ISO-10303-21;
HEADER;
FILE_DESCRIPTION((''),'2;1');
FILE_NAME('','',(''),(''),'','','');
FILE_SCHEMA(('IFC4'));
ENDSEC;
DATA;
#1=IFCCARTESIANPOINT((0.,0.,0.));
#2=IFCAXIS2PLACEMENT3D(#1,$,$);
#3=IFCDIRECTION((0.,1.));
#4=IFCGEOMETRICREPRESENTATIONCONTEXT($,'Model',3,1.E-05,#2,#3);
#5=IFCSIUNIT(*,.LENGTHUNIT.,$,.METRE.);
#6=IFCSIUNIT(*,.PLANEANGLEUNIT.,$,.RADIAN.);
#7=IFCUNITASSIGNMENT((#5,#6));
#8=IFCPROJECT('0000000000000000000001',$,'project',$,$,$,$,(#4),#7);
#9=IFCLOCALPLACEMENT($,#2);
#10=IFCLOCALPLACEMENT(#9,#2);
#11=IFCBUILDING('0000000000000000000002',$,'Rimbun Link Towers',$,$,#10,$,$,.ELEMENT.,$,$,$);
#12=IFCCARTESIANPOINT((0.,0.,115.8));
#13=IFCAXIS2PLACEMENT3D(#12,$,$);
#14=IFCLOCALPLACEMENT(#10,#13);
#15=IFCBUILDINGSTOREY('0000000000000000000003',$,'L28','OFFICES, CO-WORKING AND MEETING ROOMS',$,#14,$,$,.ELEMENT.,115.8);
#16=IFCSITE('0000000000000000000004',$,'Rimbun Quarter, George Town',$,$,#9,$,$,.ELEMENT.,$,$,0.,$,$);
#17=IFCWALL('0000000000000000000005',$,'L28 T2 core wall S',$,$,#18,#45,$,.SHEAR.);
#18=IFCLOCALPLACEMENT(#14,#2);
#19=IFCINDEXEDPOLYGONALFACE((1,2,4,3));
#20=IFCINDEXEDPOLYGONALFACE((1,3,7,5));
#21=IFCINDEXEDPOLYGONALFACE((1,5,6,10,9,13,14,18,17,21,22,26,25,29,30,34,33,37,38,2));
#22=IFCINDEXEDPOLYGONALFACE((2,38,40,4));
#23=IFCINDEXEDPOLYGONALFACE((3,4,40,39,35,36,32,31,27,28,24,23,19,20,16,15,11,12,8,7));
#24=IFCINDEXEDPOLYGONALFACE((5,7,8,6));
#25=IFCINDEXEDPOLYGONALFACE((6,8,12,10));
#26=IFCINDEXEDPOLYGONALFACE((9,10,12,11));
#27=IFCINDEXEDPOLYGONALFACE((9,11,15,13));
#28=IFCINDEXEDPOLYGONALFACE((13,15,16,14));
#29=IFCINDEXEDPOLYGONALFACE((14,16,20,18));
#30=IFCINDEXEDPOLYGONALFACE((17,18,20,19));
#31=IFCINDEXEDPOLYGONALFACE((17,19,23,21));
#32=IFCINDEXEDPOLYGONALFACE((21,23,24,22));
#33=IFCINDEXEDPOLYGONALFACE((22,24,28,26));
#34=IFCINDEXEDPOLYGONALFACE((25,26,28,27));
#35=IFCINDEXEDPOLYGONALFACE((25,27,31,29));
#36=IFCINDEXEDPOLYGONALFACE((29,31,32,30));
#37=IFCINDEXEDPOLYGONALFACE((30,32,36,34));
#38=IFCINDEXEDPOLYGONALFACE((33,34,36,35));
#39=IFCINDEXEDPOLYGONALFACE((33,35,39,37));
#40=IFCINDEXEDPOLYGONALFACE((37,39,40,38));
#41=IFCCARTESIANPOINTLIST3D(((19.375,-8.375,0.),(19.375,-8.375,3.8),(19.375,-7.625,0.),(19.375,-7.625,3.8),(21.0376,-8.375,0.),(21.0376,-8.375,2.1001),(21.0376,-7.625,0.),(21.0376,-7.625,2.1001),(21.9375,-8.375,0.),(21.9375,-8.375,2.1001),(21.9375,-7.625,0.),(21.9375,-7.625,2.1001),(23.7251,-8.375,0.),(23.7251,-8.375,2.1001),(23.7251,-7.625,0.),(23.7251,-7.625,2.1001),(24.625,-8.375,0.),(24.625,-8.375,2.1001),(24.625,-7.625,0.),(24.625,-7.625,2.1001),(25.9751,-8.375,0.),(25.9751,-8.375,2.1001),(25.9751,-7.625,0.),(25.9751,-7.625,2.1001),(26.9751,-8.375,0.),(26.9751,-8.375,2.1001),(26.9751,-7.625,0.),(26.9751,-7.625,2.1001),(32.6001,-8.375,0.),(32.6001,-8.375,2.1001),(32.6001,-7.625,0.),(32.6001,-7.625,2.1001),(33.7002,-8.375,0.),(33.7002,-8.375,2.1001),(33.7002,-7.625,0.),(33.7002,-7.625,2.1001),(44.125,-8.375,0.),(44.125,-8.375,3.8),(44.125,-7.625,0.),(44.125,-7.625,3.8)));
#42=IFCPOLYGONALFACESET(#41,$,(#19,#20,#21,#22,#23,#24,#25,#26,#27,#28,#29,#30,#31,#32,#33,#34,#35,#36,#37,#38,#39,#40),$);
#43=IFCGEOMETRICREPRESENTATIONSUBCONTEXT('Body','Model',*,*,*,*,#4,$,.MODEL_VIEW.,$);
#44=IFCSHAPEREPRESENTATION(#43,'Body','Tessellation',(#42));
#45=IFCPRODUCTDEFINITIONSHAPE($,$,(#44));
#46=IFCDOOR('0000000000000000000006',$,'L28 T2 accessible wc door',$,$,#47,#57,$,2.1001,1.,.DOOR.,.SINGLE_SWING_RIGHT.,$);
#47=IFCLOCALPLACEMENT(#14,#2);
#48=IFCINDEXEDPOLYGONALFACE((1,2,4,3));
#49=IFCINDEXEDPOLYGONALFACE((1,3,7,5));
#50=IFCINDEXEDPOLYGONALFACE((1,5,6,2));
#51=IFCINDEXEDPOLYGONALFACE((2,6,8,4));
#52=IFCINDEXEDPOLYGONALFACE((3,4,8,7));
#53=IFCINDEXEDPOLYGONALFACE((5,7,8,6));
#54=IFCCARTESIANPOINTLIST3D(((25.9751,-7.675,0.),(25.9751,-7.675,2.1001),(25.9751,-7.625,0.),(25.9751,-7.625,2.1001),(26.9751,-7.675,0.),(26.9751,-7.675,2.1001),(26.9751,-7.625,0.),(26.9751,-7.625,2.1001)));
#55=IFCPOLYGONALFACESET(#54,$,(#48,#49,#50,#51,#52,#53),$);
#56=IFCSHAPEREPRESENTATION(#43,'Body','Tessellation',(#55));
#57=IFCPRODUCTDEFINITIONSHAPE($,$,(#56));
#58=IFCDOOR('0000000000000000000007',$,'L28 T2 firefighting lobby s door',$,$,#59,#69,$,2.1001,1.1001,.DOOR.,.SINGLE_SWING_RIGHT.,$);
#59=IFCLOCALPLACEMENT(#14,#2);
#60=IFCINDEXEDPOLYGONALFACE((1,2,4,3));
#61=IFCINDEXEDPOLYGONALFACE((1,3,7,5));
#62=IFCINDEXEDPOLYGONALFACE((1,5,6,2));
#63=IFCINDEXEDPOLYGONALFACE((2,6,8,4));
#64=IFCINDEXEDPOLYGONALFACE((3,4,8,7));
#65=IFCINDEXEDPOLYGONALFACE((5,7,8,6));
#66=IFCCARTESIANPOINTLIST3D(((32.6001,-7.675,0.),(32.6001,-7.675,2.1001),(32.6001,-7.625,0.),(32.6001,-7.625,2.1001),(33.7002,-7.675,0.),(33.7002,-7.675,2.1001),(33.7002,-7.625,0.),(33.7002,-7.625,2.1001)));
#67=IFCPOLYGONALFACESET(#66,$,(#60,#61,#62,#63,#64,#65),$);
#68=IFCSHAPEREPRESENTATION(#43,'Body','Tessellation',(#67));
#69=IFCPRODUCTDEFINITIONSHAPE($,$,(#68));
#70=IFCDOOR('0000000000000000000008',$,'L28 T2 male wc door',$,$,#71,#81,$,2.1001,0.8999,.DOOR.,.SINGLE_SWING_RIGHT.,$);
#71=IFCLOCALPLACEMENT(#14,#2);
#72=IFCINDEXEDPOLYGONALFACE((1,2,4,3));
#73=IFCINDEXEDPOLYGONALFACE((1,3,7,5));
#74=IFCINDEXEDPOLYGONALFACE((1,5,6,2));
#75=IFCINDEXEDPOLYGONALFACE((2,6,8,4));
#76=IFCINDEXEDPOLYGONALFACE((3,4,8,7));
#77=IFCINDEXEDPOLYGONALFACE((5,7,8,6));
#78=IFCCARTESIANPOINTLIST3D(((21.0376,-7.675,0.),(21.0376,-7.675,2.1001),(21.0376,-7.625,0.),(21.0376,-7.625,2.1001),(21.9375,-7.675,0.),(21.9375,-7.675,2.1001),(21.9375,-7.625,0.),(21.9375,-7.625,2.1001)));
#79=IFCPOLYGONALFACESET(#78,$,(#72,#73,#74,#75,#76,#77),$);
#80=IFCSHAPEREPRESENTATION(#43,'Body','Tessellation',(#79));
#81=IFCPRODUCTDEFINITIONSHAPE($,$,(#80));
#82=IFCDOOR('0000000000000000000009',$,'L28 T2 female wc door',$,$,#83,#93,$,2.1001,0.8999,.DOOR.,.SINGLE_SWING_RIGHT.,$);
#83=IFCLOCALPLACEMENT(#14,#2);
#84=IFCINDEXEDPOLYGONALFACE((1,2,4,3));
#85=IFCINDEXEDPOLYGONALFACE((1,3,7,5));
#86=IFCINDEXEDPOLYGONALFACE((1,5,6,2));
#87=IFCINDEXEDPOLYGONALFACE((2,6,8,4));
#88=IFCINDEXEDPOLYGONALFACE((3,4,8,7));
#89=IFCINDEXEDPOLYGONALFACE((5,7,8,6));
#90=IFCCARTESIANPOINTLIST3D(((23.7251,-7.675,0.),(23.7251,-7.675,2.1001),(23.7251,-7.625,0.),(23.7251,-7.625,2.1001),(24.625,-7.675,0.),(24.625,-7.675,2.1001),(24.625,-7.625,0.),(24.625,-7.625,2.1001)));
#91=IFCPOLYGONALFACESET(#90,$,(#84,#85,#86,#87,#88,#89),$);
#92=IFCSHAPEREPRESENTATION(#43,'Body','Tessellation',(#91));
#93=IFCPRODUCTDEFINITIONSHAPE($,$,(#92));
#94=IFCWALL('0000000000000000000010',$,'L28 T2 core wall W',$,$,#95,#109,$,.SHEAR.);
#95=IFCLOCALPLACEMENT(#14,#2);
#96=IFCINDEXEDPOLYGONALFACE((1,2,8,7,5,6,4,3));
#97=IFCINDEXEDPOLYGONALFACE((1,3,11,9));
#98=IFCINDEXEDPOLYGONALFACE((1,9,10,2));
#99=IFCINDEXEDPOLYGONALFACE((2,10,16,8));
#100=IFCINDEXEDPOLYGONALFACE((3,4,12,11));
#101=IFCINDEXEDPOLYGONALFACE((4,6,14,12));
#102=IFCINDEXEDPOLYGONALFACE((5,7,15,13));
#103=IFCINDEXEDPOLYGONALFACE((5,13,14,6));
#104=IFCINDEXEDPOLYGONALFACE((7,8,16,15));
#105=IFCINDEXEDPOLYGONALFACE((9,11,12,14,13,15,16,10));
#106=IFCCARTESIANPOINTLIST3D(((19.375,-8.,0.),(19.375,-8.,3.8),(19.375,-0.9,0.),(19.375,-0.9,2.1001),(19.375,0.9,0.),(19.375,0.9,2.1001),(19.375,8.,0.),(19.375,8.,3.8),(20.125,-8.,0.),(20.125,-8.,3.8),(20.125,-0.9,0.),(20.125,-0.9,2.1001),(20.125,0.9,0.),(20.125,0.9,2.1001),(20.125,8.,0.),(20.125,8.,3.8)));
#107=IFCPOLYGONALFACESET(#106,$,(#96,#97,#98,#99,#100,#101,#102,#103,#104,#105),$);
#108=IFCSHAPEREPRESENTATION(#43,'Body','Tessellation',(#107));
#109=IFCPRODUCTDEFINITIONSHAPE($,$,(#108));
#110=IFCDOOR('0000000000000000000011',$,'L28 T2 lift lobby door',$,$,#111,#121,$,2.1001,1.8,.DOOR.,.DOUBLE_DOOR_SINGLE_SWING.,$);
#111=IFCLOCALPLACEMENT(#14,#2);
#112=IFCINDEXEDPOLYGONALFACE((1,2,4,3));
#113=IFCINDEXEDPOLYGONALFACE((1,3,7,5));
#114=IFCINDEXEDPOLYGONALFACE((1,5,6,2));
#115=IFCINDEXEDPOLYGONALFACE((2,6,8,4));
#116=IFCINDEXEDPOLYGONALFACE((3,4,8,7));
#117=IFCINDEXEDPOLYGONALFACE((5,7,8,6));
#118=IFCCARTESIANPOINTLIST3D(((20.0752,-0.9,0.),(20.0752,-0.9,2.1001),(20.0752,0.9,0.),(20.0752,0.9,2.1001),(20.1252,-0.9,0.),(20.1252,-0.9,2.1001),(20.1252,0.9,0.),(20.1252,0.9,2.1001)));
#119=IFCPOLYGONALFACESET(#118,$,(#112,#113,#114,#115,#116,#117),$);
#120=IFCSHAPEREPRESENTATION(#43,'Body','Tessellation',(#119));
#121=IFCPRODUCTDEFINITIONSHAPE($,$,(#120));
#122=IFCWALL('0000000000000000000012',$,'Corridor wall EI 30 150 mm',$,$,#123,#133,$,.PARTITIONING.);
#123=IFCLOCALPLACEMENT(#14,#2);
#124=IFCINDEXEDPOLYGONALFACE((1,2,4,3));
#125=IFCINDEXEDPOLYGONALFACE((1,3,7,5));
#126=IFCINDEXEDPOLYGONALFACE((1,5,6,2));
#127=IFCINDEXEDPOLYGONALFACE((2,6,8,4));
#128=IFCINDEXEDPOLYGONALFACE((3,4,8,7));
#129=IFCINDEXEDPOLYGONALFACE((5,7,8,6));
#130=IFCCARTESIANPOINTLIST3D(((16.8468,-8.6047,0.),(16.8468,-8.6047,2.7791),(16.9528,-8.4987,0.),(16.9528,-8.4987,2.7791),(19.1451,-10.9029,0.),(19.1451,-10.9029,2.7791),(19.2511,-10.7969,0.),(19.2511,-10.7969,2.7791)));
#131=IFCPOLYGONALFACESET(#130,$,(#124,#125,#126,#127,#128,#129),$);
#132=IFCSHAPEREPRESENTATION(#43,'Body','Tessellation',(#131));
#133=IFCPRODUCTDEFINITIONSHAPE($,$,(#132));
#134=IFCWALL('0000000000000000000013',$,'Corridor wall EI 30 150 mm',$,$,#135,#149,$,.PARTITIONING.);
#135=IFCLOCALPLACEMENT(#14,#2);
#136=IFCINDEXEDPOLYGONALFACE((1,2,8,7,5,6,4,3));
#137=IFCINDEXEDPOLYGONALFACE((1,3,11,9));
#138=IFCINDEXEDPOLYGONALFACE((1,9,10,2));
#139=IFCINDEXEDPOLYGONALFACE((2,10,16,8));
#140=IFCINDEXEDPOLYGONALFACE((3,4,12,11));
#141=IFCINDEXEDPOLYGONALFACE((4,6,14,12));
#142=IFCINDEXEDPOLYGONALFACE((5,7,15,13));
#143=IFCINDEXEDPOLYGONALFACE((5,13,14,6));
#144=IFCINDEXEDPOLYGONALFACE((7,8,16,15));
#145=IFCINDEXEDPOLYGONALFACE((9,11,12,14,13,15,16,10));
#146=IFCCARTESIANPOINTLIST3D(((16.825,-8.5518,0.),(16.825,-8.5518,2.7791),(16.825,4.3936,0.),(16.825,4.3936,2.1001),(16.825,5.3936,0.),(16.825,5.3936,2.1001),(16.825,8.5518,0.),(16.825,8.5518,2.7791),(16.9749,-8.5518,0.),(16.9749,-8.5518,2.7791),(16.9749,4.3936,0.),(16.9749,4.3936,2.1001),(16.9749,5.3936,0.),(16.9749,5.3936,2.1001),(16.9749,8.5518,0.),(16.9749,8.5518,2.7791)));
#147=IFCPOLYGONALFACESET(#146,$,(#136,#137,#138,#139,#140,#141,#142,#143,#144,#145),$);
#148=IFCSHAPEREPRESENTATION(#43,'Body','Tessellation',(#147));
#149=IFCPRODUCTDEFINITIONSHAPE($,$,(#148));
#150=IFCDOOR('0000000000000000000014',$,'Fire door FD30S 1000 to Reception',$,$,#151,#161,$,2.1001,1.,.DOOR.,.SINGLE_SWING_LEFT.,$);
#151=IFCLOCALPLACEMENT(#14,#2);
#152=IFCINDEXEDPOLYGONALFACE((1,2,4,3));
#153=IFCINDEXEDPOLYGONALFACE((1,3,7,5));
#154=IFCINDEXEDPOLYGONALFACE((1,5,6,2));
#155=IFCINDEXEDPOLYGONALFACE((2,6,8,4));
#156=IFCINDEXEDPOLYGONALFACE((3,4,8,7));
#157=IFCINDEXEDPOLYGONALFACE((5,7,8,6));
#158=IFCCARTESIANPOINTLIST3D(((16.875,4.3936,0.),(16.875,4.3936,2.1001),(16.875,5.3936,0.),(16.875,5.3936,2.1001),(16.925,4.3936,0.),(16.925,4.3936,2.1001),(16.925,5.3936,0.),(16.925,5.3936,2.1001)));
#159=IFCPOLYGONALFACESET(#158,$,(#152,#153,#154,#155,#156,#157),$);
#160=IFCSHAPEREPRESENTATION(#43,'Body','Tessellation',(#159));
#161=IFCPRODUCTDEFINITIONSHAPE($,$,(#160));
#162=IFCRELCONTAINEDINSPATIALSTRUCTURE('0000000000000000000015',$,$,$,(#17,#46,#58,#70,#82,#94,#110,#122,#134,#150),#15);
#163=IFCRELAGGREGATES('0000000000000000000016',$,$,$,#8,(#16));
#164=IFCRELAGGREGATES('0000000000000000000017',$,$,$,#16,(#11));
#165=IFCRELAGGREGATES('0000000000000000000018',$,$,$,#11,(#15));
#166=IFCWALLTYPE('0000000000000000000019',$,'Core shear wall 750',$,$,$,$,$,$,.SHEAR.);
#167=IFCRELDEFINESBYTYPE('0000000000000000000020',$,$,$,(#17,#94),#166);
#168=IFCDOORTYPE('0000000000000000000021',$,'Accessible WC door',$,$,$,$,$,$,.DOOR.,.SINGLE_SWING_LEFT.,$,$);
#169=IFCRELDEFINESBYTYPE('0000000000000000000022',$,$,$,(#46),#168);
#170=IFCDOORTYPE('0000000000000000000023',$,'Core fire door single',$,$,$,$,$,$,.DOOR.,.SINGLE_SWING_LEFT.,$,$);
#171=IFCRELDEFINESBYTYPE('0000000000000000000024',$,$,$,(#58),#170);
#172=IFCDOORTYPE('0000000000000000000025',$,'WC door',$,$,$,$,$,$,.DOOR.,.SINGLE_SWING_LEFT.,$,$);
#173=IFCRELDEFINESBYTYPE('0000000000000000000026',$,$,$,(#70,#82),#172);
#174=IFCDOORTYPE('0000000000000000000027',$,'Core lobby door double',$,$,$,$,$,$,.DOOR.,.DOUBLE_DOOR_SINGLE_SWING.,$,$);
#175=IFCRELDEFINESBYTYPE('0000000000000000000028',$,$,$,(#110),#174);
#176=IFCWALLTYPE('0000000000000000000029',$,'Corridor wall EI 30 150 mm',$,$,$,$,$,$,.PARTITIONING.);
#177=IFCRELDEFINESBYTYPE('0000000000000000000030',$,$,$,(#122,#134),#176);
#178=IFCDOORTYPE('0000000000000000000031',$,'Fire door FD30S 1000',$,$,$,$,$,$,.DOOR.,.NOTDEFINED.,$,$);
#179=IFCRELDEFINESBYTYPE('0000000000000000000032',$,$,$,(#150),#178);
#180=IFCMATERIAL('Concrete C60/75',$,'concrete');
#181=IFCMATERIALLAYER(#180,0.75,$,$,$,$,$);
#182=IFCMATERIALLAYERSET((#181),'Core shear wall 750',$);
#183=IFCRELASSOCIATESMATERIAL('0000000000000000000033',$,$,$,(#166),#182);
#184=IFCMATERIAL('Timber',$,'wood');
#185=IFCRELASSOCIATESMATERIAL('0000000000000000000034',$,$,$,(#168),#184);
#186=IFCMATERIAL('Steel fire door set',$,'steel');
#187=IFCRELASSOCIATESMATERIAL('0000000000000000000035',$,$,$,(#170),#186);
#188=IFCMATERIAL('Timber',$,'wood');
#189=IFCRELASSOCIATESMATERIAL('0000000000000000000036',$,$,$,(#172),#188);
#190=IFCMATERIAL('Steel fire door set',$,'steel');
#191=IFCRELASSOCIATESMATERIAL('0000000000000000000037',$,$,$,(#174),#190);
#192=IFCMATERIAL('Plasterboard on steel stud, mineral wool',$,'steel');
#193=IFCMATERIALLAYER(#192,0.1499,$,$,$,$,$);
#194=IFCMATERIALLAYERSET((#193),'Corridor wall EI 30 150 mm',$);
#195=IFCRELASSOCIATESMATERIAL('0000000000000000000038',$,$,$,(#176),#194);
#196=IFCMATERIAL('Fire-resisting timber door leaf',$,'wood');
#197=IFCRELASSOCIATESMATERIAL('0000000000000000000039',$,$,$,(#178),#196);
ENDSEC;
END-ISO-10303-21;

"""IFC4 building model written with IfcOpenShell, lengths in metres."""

from ifc_helpers import new_model, si_unit, direction, frame, frame_2d, origin, place, context, subcontext, project, spatial, rectangle, extrude, material, layer, layer_set, type_object, element, fill, save


model = new_model("IFC4")

# Units and contexts
model_context = context("Model", 3, precision=1e-05, world=origin(), true_north=direction((0.0, 1.0)))
body_context = subcontext(model_context, "Body", "Model", "MODEL_VIEW")
ifc_project = project(units=[si_unit("LENGTHUNIT", "METRE"), si_unit("PLANEANGLEUNIT", "RADIAN")], contexts=[model_context])

# Site, building, storey
site_placement = place(None, origin())
site = spatial("IfcSite", under=ifc_project, at=site_placement, Name="Rimbun Quarter, George Town", CompositionType="ELEMENT", RefElevation=0.0)
building_placement = place(site_placement, origin())
building = spatial("IfcBuilding", under=site, at=building_placement, Name="Rimbun Link Towers", CompositionType="ELEMENT")
storey_placement = place(building_placement, frame((0.0, 0.0, 115.8)))
storey = spatial("IfcBuildingStorey", under=building, at=storey_placement, Name="L28", Description="OFFICES, CO-WORKING AND MEETING ROOMS", CompositionType="ELEMENT", Elevation=115.8)

# Wall, openings, doors
ifc_material_1 = material(Name="Concrete C60/75", Category="concrete")
ifc_layer_1 = layer(ifc_material_1, 0.75)
ifc_layer_set_1 = layer_set([ifc_layer_1], Name="Core shear wall 750")
wall_type_1 = type_object("IfcWallType", Name="Core shear wall 750", PredefinedType="SHEAR", material=ifc_layer_set_1)
wall_1_placement = place(storey_placement, frame((19.375, -8.0, 0.0), z_axis=(0.0, 0.0, 1.0), x_axis=(1.0, 0.0, 0.0)))
wall_1 = element("IfcWall", 1, at=wall_1_placement, inside=storey, type_object=wall_type_1, Name="L28 T2 core wall S", PredefinedType="SHEAR", context=body_context, shape_type="SweptSolid", body=[
    extrude(rectangle(XDim=24.75, YDim=0.75, at=frame_2d((12.375, 0.0))), origin(), (0.0, 0.0, 1.0), 3.8),
])
opening_1_placement = place(wall_1_placement, frame((13.2251, 0.0, 0.0)))
opening_1 = element("IfcOpeningElement", 2, at=opening_1_placement, cuts=wall_1, PredefinedType="OPENING", context=body_context, shape_type="SweptSolid", body=[
    extrude(rectangle(XDim=1.1001, YDim=2.1001, at=frame_2d((0.55, 1.05))), frame((0.0, 0.385, 0.0), z_axis=(0.0, -1.0, 0.0), x_axis=(1.0, 0.0, 0.0)), (0.0, 0.0, 1.0), 0.77),
])
opening_2_placement = place(wall_1_placement, frame((1.6626, 0.0, 0.0)))
opening_2 = element("IfcOpeningElement", 3, at=opening_2_placement, cuts=wall_1, PredefinedType="OPENING", context=body_context, shape_type="SweptSolid", body=[
    extrude(rectangle(XDim=0.8999, YDim=2.1001, at=frame_2d((0.45, 1.05))), frame((0.0, 0.385, 0.0), z_axis=(0.0, -1.0, 0.0), x_axis=(1.0, 0.0, 0.0)), (0.0, 0.0, 1.0), 0.77),
])
opening_3_placement = place(wall_1_placement, frame((4.3501, 0.0, 0.0)))
opening_3 = element("IfcOpeningElement", 4, at=opening_3_placement, cuts=wall_1, PredefinedType="OPENING", context=body_context, shape_type="SweptSolid", body=[
    extrude(rectangle(XDim=0.8999, YDim=2.1001, at=frame_2d((0.45, 1.05))), frame((0.0, 0.385, 0.0), z_axis=(0.0, -1.0, 0.0), x_axis=(1.0, 0.0, 0.0)), (0.0, 0.0, 1.0), 0.77),
])
opening_4_placement = place(wall_1_placement, frame((6.6001, 0.0, 0.0)))
opening_4 = element("IfcOpeningElement", 5, at=opening_4_placement, cuts=wall_1, PredefinedType="OPENING", context=body_context, shape_type="SweptSolid", body=[
    extrude(rectangle(XDim=1.0, YDim=2.1001, at=frame_2d((0.5, 1.05))), frame((0.0, 0.385, 0.0), z_axis=(0.0, -1.0, 0.0), x_axis=(1.0, 0.0, 0.0)), (0.0, 0.0, 1.0), 0.77),
])
ifc_material_2 = material(Name="Timber", Category="wood")
door_type_1 = type_object("IfcDoorType", Name="Accessible WC door", OperationType="SINGLE_SWING_LEFT", PredefinedType="DOOR", material=ifc_material_2)
door_1_placement = place(opening_4_placement, origin())
door_1 = element("IfcDoor", 6, at=door_1_placement, inside=storey, type_object=door_type_1, Name="L28 T2 accessible wc door", OperationType="SINGLE_SWING_RIGHT", OverallHeight=2.1001, OverallWidth=1.0, PredefinedType="DOOR", context=body_context, shape_type="SweptSolid", body=[
    extrude(rectangle(XDim=1.0, YDim=2.1001, at=frame_2d((0.5, 1.05))), frame((0.0, 0.375, 0.0), z_axis=(0.0, -1.0, 0.0), x_axis=(1.0, 0.0, 0.0)), (0.0, 0.0, 1.0), 0.05),
])
fill(opening_4, door_1)
ifc_material_3 = material(Name="Steel fire door set", Category="steel")
door_type_2 = type_object("IfcDoorType", Name="Core fire door single", OperationType="SINGLE_SWING_LEFT", PredefinedType="DOOR", material=ifc_material_3)
door_2_placement = place(opening_1_placement, origin())
door_2 = element("IfcDoor", 7, at=door_2_placement, inside=storey, type_object=door_type_2, Name="L28 T2 firefighting lobby s door", OperationType="SINGLE_SWING_RIGHT", OverallHeight=2.1001, OverallWidth=1.1001, PredefinedType="DOOR", context=body_context, shape_type="SweptSolid", body=[
    extrude(rectangle(XDim=1.1001, YDim=2.1001, at=frame_2d((0.55, 1.05))), frame((0.0, 0.375, 0.0), z_axis=(0.0, -1.0, 0.0), x_axis=(1.0, 0.0, 0.0)), (0.0, 0.0, 1.0), 0.05),
])
fill(opening_1, door_2)
ifc_material_4 = material(Name="Timber", Category="wood")
door_type_3 = type_object("IfcDoorType", Name="WC door", OperationType="SINGLE_SWING_LEFT", PredefinedType="DOOR", material=ifc_material_4)
door_3_placement = place(opening_2_placement, origin())
door_3 = element("IfcDoor", 8, at=door_3_placement, inside=storey, type_object=door_type_3, Name="L28 T2 male wc door", OperationType="SINGLE_SWING_RIGHT", OverallHeight=2.1001, OverallWidth=0.8999, PredefinedType="DOOR", context=body_context, shape_type="SweptSolid", body=[
    extrude(rectangle(XDim=0.8999, YDim=2.1001, at=frame_2d((0.45, 1.05))), frame((0.0, 0.375, 0.0), z_axis=(0.0, -1.0, 0.0), x_axis=(1.0, 0.0, 0.0)), (0.0, 0.0, 1.0), 0.05),
])
fill(opening_2, door_3)
door_4_placement = place(opening_3_placement, origin())
door_4 = element("IfcDoor", 9, at=door_4_placement, inside=storey, type_object=door_type_3, Name="L28 T2 female wc door", OperationType="SINGLE_SWING_RIGHT", OverallHeight=2.1001, OverallWidth=0.8999, PredefinedType="DOOR", context=body_context, shape_type="SweptSolid", body=[
    extrude(rectangle(XDim=0.8999, YDim=2.1001, at=frame_2d((0.45, 1.05))), frame((0.0, 0.375, 0.0), z_axis=(0.0, -1.0, 0.0), x_axis=(1.0, 0.0, 0.0)), (0.0, 0.0, 1.0), 0.05),
])
fill(opening_3, door_4)

# Wall, opening, door
wall_2_placement = place(storey_placement, frame((19.75, -8.0, 0.0), z_axis=(0.0, 0.0, 1.0), x_axis=(0.0, 1.0, 0.0)))
wall_2 = element("IfcWall", 10, at=wall_2_placement, inside=storey, type_object=wall_type_1, Name="L28 T2 core wall W", PredefinedType="SHEAR", context=body_context, shape_type="SweptSolid", body=[
    extrude(rectangle(XDim=16.0, YDim=0.75, at=frame_2d((8.0, 0.0))), origin(), (0.0, 0.0, 1.0), 3.8),
])
opening_5_placement = place(wall_2_placement, frame((7.1001, 0.0, 0.0)))
opening_5 = element("IfcOpeningElement", 11, at=opening_5_placement, cuts=wall_2, PredefinedType="OPENING", context=body_context, shape_type="SweptSolid", body=[
    extrude(rectangle(XDim=1.8, YDim=2.1001, at=frame_2d((0.8999, 1.05))), frame((0.0, 0.385, 0.0), z_axis=(0.0, -1.0, 0.0), x_axis=(1.0, 0.0, 0.0)), (0.0, 0.0, 1.0), 0.77),
])
ifc_material_5 = material(Name="Steel fire door set", Category="steel")
door_type_4 = type_object("IfcDoorType", Name="Core lobby door double", OperationType="DOUBLE_DOOR_SINGLE_SWING", PredefinedType="DOOR", material=ifc_material_5)
door_5_placement = place(opening_5_placement, origin())
door_5 = element("IfcDoor", 12, at=door_5_placement, inside=storey, type_object=door_type_4, Name="L28 T2 lift lobby door", OperationType="DOUBLE_DOOR_SINGLE_SWING", OverallHeight=2.1001, OverallWidth=1.8, PredefinedType="DOOR", context=body_context, shape_type="SweptSolid", body=[
    extrude(rectangle(XDim=1.8, YDim=2.1001, at=frame_2d((0.8999, 1.05))), frame((0.0, -0.3252, 0.0), z_axis=(0.0, -1.0, 0.0), x_axis=(1.0, 0.0, 0.0)), (0.0, 0.0, 1.0), 0.05),
])
fill(opening_5, door_5)

# Wall
ifc_material_6 = material(Name="Plasterboard on steel stud, mineral wool", Category="steel")
ifc_layer_2 = layer(ifc_material_6, 0.1499)
ifc_layer_set_2 = layer_set([ifc_layer_2], Name="Corridor wall EI 30 150 mm")
wall_type_2 = type_object("IfcWallType", Name="Corridor wall EI 30 150 mm", PredefinedType="PARTITIONING", material=ifc_layer_set_2)
wall_3_placement = place(storey_placement, frame((16.8999, -8.5518, 0.0), z_axis=(0.0, 0.0, 1.0), x_axis=(0.707107, -0.707107, 0.0)))
element("IfcWall", 13, at=wall_3_placement, inside=storey, type_object=wall_type_2, Name="Corridor wall EI 30 150 mm", PredefinedType="PARTITIONING", context=body_context, shape_type="SweptSolid", body=[
    extrude(rectangle(XDim=3.2502, YDim=0.1499, at=frame_2d((1.625, 0.0))), origin(), (0.0, 0.0, 1.0), 2.7791),
])

# Wall, opening, door
wall_4_placement = place(storey_placement, frame((16.8999, -8.5518, 0.0), z_axis=(0.0, 0.0, 1.0), x_axis=(0.0, 1.0, 0.0)))
wall_4 = element("IfcWall", 14, at=wall_4_placement, inside=storey, type_object=wall_type_2, Name="Corridor wall EI 30 150 mm", PredefinedType="PARTITIONING", context=body_context, shape_type="SweptSolid", body=[
    extrude(rectangle(XDim=17.1035, YDim=0.1499, at=frame_2d((8.5518, 0.0))), origin(), (0.0, 0.0, 1.0), 2.7791),
])
opening_6_placement = place(wall_4_placement, frame((12.9453, 0.0, 0.0)))
opening_6 = element("IfcOpeningElement", 15, at=opening_6_placement, cuts=wall_4, PredefinedType="OPENING", context=body_context, shape_type="SweptSolid", body=[
    extrude(rectangle(XDim=1.0, YDim=2.1001, at=frame_2d((0.5, 1.05))), frame((0.0, 0.085, 0.0), z_axis=(0.0, -1.0, 0.0), x_axis=(1.0, 0.0, 0.0)), (0.0, 0.0, 1.0), 0.1699),
])
ifc_material_7 = material(Name="Fire-resisting timber door leaf", Category="wood")
door_type_5 = type_object("IfcDoorType", Name="Fire door FD30S 1000", OperationType="NOTDEFINED", PredefinedType="DOOR", material=ifc_material_7)
door_6_placement = place(opening_6_placement, origin())
door_6 = element("IfcDoor", 16, at=door_6_placement, inside=storey, type_object=door_type_5, Name="Fire door FD30S 1000 to Reception", OperationType="SINGLE_SWING_LEFT", OverallHeight=2.1001, OverallWidth=1.0, PredefinedType="DOOR", context=body_context, shape_type="SweptSolid", body=[
    extrude(rectangle(XDim=1.0, YDim=2.1001, at=frame_2d((0.5, 1.05))), frame((0.0, 0.0249, 0.0), z_axis=(0.0, -1.0, 0.0), x_axis=(1.0, 0.0, 0.0)), (0.0, 0.0, 1.0), 0.05),
])
fill(opening_6, door_6)

save(model, "model.ifc")
